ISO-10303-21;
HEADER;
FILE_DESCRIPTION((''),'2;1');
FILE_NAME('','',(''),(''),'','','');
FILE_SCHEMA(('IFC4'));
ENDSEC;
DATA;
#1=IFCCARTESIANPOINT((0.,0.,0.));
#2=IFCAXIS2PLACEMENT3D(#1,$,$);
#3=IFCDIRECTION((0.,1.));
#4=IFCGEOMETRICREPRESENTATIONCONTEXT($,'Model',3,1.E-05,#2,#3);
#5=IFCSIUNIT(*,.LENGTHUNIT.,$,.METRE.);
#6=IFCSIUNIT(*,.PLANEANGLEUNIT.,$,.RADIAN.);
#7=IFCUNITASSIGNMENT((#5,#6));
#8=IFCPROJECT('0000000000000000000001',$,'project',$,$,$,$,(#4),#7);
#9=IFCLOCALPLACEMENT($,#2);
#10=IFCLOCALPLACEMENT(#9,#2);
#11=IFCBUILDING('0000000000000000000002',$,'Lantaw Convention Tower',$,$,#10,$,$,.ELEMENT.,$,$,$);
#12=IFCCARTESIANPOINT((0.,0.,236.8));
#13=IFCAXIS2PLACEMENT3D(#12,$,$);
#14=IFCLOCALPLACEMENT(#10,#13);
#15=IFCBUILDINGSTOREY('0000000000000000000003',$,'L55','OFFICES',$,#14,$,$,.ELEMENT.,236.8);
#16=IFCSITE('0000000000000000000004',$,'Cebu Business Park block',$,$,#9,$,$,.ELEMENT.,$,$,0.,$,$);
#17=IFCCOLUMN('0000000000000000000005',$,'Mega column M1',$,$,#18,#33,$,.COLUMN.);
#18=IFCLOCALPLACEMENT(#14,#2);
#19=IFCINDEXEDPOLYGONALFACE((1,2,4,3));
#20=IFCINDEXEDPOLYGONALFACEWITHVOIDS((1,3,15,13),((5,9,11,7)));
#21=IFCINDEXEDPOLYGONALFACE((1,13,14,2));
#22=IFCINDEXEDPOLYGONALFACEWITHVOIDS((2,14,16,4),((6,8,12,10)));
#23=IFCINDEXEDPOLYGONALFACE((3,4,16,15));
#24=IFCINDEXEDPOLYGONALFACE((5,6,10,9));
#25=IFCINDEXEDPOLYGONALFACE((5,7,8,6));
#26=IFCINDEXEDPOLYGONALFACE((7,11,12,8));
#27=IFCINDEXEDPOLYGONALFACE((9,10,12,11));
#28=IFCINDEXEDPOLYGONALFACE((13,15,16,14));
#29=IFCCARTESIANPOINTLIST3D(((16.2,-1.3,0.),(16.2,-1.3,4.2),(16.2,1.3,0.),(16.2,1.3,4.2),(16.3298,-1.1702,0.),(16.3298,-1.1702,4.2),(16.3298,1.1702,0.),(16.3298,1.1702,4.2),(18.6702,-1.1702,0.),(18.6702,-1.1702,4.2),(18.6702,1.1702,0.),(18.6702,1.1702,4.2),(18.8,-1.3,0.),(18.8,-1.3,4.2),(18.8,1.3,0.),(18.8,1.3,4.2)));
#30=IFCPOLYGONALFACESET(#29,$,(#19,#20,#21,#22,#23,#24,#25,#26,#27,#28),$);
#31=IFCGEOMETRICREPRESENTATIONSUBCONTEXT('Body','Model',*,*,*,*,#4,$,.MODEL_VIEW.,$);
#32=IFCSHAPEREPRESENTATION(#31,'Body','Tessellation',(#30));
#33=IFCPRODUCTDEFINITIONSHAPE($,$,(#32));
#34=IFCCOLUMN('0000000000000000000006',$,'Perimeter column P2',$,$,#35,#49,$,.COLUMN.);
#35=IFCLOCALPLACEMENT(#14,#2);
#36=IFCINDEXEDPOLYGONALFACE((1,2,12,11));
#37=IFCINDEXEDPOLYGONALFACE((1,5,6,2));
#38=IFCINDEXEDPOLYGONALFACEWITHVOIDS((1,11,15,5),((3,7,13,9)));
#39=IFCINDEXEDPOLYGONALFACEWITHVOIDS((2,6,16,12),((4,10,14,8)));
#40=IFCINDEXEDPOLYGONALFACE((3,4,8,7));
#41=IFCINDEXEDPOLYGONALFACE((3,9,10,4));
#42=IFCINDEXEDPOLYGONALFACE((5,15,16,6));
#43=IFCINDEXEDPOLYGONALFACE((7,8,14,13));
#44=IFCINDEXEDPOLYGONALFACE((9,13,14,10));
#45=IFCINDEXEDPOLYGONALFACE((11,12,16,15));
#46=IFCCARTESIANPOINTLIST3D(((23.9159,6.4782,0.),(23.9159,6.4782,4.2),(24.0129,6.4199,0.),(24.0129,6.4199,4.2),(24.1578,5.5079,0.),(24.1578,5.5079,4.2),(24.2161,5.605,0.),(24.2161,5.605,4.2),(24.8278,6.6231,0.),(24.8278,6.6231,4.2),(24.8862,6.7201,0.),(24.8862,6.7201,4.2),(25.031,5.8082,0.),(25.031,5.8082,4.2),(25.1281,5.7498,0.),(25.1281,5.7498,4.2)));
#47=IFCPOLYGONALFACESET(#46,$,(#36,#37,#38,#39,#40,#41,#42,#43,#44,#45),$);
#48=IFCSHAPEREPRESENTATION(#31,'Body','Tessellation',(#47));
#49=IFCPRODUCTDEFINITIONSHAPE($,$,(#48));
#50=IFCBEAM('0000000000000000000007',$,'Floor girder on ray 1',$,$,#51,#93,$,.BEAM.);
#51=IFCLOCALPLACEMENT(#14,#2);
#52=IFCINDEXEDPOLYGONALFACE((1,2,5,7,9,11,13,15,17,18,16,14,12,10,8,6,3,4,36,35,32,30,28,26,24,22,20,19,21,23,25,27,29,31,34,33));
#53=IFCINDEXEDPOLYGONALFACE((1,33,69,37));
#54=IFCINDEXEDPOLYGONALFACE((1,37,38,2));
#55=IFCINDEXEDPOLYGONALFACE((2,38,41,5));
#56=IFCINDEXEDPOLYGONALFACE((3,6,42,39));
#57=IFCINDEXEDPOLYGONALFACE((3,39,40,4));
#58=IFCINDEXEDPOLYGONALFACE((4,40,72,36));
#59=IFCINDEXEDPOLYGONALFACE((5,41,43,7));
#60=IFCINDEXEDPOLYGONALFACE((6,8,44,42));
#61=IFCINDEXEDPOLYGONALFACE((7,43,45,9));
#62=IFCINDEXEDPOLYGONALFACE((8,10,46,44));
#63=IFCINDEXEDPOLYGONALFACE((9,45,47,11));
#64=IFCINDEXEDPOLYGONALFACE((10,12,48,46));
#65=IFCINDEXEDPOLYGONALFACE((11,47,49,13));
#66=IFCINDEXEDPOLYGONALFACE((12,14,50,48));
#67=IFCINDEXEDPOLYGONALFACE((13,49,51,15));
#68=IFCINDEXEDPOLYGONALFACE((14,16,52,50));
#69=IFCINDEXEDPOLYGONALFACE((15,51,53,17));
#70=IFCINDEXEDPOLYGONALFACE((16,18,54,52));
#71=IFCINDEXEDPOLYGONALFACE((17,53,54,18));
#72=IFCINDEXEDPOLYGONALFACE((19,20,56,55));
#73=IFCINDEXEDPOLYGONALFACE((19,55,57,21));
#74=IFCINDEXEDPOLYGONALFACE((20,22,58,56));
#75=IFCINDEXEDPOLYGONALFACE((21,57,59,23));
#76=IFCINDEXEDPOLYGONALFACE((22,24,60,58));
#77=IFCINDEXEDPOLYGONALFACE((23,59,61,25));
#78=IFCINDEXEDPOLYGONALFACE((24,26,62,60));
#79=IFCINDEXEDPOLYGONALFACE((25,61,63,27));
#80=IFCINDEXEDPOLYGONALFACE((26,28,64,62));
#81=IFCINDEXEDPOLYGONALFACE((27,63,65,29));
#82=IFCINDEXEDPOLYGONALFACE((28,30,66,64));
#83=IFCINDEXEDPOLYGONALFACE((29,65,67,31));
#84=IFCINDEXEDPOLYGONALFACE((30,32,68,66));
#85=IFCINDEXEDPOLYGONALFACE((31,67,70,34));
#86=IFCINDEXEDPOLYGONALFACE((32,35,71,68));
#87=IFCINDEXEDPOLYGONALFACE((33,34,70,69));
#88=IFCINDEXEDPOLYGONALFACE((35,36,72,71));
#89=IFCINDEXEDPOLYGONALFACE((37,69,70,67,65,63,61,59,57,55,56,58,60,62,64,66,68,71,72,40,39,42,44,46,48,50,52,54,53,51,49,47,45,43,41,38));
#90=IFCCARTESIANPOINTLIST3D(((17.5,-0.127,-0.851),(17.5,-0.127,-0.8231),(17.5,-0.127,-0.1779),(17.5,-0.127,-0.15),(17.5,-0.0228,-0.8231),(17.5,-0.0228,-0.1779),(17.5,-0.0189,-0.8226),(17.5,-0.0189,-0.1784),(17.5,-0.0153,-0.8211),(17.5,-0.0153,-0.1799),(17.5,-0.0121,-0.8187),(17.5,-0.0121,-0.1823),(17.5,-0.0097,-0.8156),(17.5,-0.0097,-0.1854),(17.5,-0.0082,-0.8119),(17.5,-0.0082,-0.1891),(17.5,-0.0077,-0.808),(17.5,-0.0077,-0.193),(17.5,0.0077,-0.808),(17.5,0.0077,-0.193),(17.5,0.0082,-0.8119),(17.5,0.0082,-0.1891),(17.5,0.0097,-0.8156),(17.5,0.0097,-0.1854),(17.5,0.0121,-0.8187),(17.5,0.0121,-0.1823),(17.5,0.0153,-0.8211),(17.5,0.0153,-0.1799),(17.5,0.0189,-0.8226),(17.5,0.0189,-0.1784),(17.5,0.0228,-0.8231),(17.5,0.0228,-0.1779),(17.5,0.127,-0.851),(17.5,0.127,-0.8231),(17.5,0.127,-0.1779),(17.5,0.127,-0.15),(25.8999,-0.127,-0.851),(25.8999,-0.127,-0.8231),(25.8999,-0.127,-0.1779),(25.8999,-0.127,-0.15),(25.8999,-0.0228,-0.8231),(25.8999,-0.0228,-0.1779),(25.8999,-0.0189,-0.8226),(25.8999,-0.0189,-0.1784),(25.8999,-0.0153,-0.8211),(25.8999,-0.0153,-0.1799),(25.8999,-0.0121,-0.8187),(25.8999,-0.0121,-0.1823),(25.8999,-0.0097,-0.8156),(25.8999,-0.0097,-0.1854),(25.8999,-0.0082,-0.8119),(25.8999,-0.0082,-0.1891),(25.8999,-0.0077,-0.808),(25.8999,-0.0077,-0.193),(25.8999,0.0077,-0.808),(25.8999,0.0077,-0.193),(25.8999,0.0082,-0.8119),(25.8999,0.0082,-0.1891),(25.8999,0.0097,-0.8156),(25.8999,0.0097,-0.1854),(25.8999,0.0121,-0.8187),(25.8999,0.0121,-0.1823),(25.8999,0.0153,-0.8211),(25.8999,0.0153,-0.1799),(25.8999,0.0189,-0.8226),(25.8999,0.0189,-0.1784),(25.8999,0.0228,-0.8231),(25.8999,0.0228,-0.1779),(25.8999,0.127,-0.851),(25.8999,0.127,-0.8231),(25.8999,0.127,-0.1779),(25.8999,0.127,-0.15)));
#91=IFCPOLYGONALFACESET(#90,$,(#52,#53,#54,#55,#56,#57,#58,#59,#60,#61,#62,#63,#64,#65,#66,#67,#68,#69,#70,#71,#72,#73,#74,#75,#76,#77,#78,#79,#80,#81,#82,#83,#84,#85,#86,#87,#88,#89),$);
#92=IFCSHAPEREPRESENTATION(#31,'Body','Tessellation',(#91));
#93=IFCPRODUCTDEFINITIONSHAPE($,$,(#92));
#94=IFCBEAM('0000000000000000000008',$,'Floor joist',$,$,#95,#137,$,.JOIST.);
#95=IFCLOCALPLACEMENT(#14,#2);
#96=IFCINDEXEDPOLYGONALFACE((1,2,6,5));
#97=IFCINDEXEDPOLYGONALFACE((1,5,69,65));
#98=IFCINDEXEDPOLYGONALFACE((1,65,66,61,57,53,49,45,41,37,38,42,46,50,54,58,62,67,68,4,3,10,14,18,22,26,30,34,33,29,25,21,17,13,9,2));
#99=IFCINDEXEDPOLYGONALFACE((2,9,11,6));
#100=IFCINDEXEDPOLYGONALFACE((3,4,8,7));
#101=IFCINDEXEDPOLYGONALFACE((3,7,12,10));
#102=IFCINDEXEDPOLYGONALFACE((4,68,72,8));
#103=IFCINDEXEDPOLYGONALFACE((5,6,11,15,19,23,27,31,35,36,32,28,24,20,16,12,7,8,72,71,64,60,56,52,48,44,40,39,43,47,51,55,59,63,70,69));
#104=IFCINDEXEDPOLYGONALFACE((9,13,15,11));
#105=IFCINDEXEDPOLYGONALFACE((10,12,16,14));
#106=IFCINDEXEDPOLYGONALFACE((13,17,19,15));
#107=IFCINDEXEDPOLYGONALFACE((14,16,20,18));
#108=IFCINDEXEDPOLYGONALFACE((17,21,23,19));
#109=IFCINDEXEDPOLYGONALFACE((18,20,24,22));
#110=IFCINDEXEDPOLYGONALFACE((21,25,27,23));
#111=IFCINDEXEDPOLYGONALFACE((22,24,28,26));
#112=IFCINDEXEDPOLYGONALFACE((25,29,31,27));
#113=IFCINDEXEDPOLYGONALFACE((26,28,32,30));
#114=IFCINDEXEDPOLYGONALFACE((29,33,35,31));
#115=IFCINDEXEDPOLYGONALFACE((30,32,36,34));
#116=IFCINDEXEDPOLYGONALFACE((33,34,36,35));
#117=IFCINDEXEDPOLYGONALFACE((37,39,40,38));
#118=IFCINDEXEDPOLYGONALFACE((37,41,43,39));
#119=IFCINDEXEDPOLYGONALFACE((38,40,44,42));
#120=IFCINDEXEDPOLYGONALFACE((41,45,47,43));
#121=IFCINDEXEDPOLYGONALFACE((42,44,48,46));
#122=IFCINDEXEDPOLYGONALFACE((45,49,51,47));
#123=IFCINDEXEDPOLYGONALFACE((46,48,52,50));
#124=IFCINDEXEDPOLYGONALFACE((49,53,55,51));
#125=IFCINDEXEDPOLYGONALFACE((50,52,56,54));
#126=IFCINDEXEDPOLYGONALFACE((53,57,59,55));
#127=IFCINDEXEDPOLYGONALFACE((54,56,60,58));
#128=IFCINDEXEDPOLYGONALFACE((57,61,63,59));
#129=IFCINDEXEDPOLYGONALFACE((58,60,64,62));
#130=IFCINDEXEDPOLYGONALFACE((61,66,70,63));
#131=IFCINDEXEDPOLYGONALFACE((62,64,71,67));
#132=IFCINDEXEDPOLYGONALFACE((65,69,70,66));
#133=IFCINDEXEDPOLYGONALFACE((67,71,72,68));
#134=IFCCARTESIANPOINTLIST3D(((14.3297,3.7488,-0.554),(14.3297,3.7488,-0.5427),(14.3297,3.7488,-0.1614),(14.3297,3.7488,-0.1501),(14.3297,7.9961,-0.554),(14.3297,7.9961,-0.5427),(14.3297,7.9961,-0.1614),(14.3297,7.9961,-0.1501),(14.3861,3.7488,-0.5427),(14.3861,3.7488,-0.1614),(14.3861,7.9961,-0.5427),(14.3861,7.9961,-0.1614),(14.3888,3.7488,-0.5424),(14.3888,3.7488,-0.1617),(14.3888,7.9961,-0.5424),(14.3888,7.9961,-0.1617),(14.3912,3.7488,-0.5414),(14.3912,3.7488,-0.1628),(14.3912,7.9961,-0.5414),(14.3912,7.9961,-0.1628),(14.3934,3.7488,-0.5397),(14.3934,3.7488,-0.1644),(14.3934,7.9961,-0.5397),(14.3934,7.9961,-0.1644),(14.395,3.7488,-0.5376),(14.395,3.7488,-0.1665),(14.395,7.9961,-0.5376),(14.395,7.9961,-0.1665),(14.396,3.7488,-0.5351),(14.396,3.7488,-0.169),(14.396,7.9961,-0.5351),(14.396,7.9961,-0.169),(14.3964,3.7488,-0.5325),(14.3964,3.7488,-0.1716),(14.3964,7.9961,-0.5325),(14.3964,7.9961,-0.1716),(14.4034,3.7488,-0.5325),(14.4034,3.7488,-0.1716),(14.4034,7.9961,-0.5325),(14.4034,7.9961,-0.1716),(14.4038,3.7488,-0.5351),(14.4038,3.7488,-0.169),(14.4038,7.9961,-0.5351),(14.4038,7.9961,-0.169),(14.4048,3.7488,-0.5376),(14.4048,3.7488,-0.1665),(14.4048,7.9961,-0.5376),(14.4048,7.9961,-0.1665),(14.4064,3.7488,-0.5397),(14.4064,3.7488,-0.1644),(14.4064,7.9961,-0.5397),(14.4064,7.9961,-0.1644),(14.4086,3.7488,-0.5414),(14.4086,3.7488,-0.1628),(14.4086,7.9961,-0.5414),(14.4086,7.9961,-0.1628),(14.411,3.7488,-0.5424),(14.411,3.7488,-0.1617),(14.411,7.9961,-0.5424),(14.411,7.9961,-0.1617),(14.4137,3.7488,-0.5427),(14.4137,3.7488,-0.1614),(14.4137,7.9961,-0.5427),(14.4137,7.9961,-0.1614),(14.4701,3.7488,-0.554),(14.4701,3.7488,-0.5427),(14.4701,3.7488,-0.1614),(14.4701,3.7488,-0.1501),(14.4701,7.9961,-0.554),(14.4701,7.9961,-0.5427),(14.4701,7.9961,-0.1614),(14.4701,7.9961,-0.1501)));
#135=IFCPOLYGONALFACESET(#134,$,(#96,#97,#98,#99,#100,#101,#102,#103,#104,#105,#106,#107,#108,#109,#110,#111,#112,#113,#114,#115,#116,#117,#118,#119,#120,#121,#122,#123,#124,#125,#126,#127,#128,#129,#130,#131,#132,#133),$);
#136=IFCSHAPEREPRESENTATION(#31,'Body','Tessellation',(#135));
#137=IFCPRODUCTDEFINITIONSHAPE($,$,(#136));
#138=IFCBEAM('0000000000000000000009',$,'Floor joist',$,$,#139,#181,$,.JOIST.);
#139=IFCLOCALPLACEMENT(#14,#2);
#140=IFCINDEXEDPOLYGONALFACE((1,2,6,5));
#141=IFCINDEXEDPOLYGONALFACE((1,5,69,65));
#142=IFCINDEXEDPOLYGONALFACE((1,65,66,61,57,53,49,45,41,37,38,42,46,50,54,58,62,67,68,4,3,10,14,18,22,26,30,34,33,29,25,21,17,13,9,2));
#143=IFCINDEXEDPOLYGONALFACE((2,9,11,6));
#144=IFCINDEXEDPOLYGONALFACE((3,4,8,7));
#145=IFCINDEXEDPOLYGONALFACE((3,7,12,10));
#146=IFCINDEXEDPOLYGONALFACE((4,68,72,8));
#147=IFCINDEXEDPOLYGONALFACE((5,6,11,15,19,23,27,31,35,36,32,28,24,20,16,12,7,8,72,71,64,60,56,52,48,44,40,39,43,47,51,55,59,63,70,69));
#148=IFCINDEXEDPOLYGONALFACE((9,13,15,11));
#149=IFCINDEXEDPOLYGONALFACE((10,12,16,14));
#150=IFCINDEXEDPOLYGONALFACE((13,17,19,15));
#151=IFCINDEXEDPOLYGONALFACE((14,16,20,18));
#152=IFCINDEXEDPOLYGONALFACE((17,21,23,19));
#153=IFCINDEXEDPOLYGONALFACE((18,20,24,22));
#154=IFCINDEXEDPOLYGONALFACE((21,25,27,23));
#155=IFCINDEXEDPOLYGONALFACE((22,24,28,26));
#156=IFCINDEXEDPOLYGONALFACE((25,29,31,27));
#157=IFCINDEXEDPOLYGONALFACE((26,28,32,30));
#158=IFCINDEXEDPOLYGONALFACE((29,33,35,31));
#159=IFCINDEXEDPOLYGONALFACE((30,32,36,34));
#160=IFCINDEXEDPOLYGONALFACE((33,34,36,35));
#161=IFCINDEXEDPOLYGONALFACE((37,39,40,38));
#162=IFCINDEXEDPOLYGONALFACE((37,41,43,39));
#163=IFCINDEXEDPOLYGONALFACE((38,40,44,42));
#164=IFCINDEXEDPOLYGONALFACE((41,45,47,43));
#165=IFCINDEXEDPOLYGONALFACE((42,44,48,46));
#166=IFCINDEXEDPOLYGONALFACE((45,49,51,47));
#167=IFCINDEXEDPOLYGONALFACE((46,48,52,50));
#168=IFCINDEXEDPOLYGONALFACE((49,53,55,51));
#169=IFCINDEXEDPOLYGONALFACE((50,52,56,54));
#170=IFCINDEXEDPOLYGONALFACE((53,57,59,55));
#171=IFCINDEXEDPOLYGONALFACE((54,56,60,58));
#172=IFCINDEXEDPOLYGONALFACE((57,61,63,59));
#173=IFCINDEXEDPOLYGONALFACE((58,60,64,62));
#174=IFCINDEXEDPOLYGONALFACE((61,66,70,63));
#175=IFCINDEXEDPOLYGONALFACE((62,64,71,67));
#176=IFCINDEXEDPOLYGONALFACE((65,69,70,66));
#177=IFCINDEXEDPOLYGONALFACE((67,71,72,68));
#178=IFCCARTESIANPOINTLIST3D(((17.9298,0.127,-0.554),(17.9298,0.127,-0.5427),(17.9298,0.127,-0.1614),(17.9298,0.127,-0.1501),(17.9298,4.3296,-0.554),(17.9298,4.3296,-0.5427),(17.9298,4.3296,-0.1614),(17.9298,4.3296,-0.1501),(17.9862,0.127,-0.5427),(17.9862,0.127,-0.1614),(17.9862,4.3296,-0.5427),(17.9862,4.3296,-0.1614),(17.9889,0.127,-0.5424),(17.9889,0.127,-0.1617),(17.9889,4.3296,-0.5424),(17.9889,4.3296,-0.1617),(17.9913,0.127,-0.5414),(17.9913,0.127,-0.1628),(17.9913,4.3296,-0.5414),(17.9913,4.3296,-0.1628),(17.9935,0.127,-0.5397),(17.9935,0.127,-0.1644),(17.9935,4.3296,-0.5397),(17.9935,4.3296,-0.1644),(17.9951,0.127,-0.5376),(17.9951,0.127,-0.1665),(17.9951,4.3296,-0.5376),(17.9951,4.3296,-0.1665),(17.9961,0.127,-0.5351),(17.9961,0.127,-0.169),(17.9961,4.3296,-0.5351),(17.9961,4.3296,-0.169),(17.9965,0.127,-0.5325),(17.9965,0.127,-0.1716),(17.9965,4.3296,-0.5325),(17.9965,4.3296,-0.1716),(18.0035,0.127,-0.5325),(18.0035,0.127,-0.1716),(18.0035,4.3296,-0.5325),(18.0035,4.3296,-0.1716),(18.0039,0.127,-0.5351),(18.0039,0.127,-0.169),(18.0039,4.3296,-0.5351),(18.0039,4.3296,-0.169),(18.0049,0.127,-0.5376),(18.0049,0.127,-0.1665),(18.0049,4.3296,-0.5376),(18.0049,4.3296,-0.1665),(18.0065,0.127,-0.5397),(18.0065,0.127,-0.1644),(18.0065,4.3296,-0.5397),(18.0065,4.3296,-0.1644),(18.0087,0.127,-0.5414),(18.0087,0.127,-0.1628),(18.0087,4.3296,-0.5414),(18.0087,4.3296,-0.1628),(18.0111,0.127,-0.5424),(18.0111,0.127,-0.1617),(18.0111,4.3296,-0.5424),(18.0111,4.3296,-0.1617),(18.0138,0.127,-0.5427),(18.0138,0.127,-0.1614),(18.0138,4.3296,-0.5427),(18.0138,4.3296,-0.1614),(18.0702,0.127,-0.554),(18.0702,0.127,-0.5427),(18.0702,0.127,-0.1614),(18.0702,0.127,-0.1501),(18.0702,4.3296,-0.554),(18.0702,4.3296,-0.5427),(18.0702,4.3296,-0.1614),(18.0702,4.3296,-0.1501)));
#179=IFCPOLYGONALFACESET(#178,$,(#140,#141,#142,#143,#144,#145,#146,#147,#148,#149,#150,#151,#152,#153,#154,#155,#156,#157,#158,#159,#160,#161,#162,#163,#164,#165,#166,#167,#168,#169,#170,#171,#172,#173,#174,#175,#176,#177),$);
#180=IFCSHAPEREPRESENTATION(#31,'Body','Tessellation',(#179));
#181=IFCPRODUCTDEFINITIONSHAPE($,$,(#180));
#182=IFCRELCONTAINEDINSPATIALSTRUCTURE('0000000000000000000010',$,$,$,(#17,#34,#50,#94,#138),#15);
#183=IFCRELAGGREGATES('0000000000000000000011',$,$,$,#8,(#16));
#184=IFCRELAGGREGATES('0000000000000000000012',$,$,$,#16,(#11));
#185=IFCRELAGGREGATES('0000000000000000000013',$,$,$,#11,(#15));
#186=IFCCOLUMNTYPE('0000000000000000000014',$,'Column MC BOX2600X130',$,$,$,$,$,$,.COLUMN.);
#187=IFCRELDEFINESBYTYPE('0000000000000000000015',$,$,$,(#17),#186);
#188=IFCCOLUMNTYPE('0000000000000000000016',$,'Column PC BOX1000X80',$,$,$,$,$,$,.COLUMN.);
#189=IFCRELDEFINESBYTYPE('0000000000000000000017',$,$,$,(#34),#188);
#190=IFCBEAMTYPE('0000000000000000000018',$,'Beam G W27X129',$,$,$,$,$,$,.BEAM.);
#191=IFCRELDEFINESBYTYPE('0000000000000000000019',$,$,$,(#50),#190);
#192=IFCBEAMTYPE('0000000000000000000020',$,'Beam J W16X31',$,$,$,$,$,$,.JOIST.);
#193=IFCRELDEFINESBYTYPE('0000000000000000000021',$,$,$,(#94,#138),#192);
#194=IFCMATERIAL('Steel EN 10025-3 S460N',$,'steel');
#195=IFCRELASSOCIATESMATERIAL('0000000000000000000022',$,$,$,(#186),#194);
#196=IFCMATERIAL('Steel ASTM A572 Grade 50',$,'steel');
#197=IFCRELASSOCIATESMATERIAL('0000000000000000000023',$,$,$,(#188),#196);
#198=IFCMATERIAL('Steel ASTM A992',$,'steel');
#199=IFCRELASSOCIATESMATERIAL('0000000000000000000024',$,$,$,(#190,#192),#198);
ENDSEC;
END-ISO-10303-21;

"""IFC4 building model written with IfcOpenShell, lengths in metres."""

from ifc_helpers import new_model, si_unit, direction, frame, origin, origin_2d, place, context, subcontext, project, spatial, rectangle, hollow_rectangle, i_section, extrude, material, material_profile, profile_set, type_object, element, save


model = new_model("IFC4")

# Units and contexts
model_context = context("Model", 3, precision=1e-05, world=origin(), true_north=direction((0.0, 1.0)))
body_context = subcontext(model_context, "Body", "Model", "MODEL_VIEW")
ifc_project = project(units=[si_unit("LENGTHUNIT", "METRE"), si_unit("PLANEANGLEUNIT", "RADIAN")], contexts=[model_context])

# Site, building, storey
site_placement = place(None, origin())
site = spatial("IfcSite", under=ifc_project, at=site_placement, Name="Cebu Business Park block", CompositionType="ELEMENT", RefElevation=0.0)
building_placement = place(site_placement, origin())
building = spatial("IfcBuilding", under=site, at=building_placement, Name="Lantaw Convention Tower", CompositionType="ELEMENT")
storey_placement = place(building_placement, frame((0.0, 0.0, 236.8)))
storey = spatial("IfcBuildingStorey", under=building, at=storey_placement, Name="L55", Description="OFFICES", CompositionType="ELEMENT", Elevation=236.8)

# Columns
ifc_material_1 = material(Name="Steel EN 10025-3 S460N", Category="steel")
ifc_material_profile_1 = material_profile(ifc_material_1, hollow_rectangle(XDim=2.6001, YDim=2.6001, WallThickness=0.1299, at=origin_2d()), Name="BOX2600X130")
ifc_material_2 = material(Name="Concrete C60/75", Category="concrete")
ifc_material_profile_2 = material_profile(ifc_material_2, rectangle(XDim=2.3401, YDim=2.3401, at=origin_2d()), Name="Concrete fill of BOX2600X130")
ifc_profile_set_1 = profile_set([ifc_material_profile_1, ifc_material_profile_2], Name="Steel EN 10025-3 S460N")
column_type_1 = type_object("IfcColumnType", Name="Column MC BOX2600X130", PredefinedType="COLUMN", material=ifc_profile_set_1)
column_1_placement = place(storey_placement, frame((17.5, 0.0, 0.0), z_axis=(0.0, 0.0, 1.0), x_axis=(1.0, 0.0, 0.0)))
element("IfcColumn", 1, at=column_1_placement, inside=storey, type_object=column_type_1, Name="Mega column M1", PredefinedType="COLUMN", context=body_context, shape_type="SweptSolid", body=[
    extrude(hollow_rectangle(XDim=2.6001, YDim=2.6001, WallThickness=0.1299, at=origin_2d()), origin(), (0.0, 0.0, 1.0), 4.2),
])
ifc_material_3 = material(Name="Steel ASTM A572 Grade 50", Category="steel")
ifc_material_profile_3 = material_profile(ifc_material_3, hollow_rectangle(XDim=1.0, YDim=1.0, WallThickness=0.0801, at=origin_2d()), Name="BOX1000X80")
ifc_material_profile_4 = material_profile(ifc_material_2, rectangle(XDim=0.8401, YDim=0.8401, at=origin_2d()), Name="Concrete fill of BOX1000X80")
ifc_profile_set_2 = profile_set([ifc_material_profile_3, ifc_material_profile_4], Name="Steel ASTM A572 Grade 50")
column_type_2 = type_object("IfcColumnType", Name="Column PC BOX1000X80", PredefinedType="COLUMN", material=ifc_profile_set_2)
column_2_placement = place(storey_placement, frame((24.522, 6.114, 0.0), z_axis=(0.0, 0.0, 1.0), x_axis=(0.970296, 0.241922, 0.0)))
element("IfcColumn", 2, at=column_2_placement, inside=storey, type_object=column_type_2, Name="Perimeter column P2", PredefinedType="COLUMN", context=body_context, shape_type="SweptSolid", body=[
    extrude(hollow_rectangle(XDim=1.0, YDim=1.0, WallThickness=0.0801, at=origin_2d()), origin(), (0.0, 0.0, 1.0), 4.2),
])

# Beams
ifc_material_4 = material(Name="Steel ASTM A992", Category="steel")
ifc_material_profile_5 = material_profile(ifc_material_4, i_section(OverallWidth=0.2539, OverallDepth=0.7009, WebThickness=0.0154, FlangeThickness=0.0278, FilletRadius=0.0151, at=origin_2d()), Name="W27X129")
ifc_profile_set_3 = profile_set([ifc_material_profile_5], Name="Steel ASTM A992")
beam_type_1 = type_object("IfcBeamType", Name="Beam G W27X129", PredefinedType="BEAM", material=ifc_profile_set_3)
beam_1_placement = place(storey_placement, frame((17.5, 0.0, -0.5005), z_axis=(1.0, 0.0, 0.0), x_axis=(0.0, 1.0, 0.0)))
element("IfcBeam", 3, at=beam_1_placement, inside=storey, type_object=beam_type_1, Name="Floor girder on ray 1", PredefinedType="BEAM", context=body_context, shape_type="SweptSolid", body=[
    extrude(i_section(OverallWidth=0.2539, OverallDepth=0.7009, WebThickness=0.0154, FlangeThickness=0.0278, FilletRadius=0.0151, at=origin_2d()), origin(), (0.0, 0.0, 1.0), 8.3999),
])
ifc_material_profile_6 = material_profile(ifc_material_4, i_section(OverallWidth=0.1404, OverallDepth=0.4038, WebThickness=0.0071, FlangeThickness=0.0112, FilletRadius=0.0103, at=origin_2d()), Name="W16X31")
ifc_profile_set_4 = profile_set([ifc_material_profile_6], Name="Steel ASTM A992")
beam_type_2 = type_object("IfcBeamType", Name="Beam J W16X31", PredefinedType="JOIST", material=ifc_profile_set_4)
beam_2_placement = place(storey_placement, frame((14.3999, 3.7488, -0.3521), z_axis=(0.0, 1.0, 0.0), x_axis=(-1.0, 0.0, 0.0)))
element("IfcBeam", 4, at=beam_2_placement, inside=storey, type_object=beam_type_2, Name="Floor joist", PredefinedType="JOIST", context=body_context, shape_type="SweptSolid", body=[
    extrude(i_section(OverallWidth=0.1404, OverallDepth=0.4038, WebThickness=0.0071, FlangeThickness=0.0112, FilletRadius=0.0103, at=origin_2d()), origin(), (0.0, 0.0, 1.0), 4.2473),
])
beam_3_placement = place(storey_placement, frame((18.0, 0.127, -0.3521), z_axis=(0.0, 1.0, 0.0), x_axis=(-1.0, 0.0, 0.0)))
element("IfcBeam", 5, at=beam_3_placement, inside=storey, type_object=beam_type_2, Name="Floor joist", PredefinedType="JOIST", context=body_context, shape_type="SweptSolid", body=[
    extrude(i_section(OverallWidth=0.1404, OverallDepth=0.4038, WebThickness=0.0071, FlangeThickness=0.0112, FilletRadius=0.0103, at=origin_2d()), origin(), (0.0, 0.0, 1.0), 4.2026),
])

save(model, "model.ifc")
